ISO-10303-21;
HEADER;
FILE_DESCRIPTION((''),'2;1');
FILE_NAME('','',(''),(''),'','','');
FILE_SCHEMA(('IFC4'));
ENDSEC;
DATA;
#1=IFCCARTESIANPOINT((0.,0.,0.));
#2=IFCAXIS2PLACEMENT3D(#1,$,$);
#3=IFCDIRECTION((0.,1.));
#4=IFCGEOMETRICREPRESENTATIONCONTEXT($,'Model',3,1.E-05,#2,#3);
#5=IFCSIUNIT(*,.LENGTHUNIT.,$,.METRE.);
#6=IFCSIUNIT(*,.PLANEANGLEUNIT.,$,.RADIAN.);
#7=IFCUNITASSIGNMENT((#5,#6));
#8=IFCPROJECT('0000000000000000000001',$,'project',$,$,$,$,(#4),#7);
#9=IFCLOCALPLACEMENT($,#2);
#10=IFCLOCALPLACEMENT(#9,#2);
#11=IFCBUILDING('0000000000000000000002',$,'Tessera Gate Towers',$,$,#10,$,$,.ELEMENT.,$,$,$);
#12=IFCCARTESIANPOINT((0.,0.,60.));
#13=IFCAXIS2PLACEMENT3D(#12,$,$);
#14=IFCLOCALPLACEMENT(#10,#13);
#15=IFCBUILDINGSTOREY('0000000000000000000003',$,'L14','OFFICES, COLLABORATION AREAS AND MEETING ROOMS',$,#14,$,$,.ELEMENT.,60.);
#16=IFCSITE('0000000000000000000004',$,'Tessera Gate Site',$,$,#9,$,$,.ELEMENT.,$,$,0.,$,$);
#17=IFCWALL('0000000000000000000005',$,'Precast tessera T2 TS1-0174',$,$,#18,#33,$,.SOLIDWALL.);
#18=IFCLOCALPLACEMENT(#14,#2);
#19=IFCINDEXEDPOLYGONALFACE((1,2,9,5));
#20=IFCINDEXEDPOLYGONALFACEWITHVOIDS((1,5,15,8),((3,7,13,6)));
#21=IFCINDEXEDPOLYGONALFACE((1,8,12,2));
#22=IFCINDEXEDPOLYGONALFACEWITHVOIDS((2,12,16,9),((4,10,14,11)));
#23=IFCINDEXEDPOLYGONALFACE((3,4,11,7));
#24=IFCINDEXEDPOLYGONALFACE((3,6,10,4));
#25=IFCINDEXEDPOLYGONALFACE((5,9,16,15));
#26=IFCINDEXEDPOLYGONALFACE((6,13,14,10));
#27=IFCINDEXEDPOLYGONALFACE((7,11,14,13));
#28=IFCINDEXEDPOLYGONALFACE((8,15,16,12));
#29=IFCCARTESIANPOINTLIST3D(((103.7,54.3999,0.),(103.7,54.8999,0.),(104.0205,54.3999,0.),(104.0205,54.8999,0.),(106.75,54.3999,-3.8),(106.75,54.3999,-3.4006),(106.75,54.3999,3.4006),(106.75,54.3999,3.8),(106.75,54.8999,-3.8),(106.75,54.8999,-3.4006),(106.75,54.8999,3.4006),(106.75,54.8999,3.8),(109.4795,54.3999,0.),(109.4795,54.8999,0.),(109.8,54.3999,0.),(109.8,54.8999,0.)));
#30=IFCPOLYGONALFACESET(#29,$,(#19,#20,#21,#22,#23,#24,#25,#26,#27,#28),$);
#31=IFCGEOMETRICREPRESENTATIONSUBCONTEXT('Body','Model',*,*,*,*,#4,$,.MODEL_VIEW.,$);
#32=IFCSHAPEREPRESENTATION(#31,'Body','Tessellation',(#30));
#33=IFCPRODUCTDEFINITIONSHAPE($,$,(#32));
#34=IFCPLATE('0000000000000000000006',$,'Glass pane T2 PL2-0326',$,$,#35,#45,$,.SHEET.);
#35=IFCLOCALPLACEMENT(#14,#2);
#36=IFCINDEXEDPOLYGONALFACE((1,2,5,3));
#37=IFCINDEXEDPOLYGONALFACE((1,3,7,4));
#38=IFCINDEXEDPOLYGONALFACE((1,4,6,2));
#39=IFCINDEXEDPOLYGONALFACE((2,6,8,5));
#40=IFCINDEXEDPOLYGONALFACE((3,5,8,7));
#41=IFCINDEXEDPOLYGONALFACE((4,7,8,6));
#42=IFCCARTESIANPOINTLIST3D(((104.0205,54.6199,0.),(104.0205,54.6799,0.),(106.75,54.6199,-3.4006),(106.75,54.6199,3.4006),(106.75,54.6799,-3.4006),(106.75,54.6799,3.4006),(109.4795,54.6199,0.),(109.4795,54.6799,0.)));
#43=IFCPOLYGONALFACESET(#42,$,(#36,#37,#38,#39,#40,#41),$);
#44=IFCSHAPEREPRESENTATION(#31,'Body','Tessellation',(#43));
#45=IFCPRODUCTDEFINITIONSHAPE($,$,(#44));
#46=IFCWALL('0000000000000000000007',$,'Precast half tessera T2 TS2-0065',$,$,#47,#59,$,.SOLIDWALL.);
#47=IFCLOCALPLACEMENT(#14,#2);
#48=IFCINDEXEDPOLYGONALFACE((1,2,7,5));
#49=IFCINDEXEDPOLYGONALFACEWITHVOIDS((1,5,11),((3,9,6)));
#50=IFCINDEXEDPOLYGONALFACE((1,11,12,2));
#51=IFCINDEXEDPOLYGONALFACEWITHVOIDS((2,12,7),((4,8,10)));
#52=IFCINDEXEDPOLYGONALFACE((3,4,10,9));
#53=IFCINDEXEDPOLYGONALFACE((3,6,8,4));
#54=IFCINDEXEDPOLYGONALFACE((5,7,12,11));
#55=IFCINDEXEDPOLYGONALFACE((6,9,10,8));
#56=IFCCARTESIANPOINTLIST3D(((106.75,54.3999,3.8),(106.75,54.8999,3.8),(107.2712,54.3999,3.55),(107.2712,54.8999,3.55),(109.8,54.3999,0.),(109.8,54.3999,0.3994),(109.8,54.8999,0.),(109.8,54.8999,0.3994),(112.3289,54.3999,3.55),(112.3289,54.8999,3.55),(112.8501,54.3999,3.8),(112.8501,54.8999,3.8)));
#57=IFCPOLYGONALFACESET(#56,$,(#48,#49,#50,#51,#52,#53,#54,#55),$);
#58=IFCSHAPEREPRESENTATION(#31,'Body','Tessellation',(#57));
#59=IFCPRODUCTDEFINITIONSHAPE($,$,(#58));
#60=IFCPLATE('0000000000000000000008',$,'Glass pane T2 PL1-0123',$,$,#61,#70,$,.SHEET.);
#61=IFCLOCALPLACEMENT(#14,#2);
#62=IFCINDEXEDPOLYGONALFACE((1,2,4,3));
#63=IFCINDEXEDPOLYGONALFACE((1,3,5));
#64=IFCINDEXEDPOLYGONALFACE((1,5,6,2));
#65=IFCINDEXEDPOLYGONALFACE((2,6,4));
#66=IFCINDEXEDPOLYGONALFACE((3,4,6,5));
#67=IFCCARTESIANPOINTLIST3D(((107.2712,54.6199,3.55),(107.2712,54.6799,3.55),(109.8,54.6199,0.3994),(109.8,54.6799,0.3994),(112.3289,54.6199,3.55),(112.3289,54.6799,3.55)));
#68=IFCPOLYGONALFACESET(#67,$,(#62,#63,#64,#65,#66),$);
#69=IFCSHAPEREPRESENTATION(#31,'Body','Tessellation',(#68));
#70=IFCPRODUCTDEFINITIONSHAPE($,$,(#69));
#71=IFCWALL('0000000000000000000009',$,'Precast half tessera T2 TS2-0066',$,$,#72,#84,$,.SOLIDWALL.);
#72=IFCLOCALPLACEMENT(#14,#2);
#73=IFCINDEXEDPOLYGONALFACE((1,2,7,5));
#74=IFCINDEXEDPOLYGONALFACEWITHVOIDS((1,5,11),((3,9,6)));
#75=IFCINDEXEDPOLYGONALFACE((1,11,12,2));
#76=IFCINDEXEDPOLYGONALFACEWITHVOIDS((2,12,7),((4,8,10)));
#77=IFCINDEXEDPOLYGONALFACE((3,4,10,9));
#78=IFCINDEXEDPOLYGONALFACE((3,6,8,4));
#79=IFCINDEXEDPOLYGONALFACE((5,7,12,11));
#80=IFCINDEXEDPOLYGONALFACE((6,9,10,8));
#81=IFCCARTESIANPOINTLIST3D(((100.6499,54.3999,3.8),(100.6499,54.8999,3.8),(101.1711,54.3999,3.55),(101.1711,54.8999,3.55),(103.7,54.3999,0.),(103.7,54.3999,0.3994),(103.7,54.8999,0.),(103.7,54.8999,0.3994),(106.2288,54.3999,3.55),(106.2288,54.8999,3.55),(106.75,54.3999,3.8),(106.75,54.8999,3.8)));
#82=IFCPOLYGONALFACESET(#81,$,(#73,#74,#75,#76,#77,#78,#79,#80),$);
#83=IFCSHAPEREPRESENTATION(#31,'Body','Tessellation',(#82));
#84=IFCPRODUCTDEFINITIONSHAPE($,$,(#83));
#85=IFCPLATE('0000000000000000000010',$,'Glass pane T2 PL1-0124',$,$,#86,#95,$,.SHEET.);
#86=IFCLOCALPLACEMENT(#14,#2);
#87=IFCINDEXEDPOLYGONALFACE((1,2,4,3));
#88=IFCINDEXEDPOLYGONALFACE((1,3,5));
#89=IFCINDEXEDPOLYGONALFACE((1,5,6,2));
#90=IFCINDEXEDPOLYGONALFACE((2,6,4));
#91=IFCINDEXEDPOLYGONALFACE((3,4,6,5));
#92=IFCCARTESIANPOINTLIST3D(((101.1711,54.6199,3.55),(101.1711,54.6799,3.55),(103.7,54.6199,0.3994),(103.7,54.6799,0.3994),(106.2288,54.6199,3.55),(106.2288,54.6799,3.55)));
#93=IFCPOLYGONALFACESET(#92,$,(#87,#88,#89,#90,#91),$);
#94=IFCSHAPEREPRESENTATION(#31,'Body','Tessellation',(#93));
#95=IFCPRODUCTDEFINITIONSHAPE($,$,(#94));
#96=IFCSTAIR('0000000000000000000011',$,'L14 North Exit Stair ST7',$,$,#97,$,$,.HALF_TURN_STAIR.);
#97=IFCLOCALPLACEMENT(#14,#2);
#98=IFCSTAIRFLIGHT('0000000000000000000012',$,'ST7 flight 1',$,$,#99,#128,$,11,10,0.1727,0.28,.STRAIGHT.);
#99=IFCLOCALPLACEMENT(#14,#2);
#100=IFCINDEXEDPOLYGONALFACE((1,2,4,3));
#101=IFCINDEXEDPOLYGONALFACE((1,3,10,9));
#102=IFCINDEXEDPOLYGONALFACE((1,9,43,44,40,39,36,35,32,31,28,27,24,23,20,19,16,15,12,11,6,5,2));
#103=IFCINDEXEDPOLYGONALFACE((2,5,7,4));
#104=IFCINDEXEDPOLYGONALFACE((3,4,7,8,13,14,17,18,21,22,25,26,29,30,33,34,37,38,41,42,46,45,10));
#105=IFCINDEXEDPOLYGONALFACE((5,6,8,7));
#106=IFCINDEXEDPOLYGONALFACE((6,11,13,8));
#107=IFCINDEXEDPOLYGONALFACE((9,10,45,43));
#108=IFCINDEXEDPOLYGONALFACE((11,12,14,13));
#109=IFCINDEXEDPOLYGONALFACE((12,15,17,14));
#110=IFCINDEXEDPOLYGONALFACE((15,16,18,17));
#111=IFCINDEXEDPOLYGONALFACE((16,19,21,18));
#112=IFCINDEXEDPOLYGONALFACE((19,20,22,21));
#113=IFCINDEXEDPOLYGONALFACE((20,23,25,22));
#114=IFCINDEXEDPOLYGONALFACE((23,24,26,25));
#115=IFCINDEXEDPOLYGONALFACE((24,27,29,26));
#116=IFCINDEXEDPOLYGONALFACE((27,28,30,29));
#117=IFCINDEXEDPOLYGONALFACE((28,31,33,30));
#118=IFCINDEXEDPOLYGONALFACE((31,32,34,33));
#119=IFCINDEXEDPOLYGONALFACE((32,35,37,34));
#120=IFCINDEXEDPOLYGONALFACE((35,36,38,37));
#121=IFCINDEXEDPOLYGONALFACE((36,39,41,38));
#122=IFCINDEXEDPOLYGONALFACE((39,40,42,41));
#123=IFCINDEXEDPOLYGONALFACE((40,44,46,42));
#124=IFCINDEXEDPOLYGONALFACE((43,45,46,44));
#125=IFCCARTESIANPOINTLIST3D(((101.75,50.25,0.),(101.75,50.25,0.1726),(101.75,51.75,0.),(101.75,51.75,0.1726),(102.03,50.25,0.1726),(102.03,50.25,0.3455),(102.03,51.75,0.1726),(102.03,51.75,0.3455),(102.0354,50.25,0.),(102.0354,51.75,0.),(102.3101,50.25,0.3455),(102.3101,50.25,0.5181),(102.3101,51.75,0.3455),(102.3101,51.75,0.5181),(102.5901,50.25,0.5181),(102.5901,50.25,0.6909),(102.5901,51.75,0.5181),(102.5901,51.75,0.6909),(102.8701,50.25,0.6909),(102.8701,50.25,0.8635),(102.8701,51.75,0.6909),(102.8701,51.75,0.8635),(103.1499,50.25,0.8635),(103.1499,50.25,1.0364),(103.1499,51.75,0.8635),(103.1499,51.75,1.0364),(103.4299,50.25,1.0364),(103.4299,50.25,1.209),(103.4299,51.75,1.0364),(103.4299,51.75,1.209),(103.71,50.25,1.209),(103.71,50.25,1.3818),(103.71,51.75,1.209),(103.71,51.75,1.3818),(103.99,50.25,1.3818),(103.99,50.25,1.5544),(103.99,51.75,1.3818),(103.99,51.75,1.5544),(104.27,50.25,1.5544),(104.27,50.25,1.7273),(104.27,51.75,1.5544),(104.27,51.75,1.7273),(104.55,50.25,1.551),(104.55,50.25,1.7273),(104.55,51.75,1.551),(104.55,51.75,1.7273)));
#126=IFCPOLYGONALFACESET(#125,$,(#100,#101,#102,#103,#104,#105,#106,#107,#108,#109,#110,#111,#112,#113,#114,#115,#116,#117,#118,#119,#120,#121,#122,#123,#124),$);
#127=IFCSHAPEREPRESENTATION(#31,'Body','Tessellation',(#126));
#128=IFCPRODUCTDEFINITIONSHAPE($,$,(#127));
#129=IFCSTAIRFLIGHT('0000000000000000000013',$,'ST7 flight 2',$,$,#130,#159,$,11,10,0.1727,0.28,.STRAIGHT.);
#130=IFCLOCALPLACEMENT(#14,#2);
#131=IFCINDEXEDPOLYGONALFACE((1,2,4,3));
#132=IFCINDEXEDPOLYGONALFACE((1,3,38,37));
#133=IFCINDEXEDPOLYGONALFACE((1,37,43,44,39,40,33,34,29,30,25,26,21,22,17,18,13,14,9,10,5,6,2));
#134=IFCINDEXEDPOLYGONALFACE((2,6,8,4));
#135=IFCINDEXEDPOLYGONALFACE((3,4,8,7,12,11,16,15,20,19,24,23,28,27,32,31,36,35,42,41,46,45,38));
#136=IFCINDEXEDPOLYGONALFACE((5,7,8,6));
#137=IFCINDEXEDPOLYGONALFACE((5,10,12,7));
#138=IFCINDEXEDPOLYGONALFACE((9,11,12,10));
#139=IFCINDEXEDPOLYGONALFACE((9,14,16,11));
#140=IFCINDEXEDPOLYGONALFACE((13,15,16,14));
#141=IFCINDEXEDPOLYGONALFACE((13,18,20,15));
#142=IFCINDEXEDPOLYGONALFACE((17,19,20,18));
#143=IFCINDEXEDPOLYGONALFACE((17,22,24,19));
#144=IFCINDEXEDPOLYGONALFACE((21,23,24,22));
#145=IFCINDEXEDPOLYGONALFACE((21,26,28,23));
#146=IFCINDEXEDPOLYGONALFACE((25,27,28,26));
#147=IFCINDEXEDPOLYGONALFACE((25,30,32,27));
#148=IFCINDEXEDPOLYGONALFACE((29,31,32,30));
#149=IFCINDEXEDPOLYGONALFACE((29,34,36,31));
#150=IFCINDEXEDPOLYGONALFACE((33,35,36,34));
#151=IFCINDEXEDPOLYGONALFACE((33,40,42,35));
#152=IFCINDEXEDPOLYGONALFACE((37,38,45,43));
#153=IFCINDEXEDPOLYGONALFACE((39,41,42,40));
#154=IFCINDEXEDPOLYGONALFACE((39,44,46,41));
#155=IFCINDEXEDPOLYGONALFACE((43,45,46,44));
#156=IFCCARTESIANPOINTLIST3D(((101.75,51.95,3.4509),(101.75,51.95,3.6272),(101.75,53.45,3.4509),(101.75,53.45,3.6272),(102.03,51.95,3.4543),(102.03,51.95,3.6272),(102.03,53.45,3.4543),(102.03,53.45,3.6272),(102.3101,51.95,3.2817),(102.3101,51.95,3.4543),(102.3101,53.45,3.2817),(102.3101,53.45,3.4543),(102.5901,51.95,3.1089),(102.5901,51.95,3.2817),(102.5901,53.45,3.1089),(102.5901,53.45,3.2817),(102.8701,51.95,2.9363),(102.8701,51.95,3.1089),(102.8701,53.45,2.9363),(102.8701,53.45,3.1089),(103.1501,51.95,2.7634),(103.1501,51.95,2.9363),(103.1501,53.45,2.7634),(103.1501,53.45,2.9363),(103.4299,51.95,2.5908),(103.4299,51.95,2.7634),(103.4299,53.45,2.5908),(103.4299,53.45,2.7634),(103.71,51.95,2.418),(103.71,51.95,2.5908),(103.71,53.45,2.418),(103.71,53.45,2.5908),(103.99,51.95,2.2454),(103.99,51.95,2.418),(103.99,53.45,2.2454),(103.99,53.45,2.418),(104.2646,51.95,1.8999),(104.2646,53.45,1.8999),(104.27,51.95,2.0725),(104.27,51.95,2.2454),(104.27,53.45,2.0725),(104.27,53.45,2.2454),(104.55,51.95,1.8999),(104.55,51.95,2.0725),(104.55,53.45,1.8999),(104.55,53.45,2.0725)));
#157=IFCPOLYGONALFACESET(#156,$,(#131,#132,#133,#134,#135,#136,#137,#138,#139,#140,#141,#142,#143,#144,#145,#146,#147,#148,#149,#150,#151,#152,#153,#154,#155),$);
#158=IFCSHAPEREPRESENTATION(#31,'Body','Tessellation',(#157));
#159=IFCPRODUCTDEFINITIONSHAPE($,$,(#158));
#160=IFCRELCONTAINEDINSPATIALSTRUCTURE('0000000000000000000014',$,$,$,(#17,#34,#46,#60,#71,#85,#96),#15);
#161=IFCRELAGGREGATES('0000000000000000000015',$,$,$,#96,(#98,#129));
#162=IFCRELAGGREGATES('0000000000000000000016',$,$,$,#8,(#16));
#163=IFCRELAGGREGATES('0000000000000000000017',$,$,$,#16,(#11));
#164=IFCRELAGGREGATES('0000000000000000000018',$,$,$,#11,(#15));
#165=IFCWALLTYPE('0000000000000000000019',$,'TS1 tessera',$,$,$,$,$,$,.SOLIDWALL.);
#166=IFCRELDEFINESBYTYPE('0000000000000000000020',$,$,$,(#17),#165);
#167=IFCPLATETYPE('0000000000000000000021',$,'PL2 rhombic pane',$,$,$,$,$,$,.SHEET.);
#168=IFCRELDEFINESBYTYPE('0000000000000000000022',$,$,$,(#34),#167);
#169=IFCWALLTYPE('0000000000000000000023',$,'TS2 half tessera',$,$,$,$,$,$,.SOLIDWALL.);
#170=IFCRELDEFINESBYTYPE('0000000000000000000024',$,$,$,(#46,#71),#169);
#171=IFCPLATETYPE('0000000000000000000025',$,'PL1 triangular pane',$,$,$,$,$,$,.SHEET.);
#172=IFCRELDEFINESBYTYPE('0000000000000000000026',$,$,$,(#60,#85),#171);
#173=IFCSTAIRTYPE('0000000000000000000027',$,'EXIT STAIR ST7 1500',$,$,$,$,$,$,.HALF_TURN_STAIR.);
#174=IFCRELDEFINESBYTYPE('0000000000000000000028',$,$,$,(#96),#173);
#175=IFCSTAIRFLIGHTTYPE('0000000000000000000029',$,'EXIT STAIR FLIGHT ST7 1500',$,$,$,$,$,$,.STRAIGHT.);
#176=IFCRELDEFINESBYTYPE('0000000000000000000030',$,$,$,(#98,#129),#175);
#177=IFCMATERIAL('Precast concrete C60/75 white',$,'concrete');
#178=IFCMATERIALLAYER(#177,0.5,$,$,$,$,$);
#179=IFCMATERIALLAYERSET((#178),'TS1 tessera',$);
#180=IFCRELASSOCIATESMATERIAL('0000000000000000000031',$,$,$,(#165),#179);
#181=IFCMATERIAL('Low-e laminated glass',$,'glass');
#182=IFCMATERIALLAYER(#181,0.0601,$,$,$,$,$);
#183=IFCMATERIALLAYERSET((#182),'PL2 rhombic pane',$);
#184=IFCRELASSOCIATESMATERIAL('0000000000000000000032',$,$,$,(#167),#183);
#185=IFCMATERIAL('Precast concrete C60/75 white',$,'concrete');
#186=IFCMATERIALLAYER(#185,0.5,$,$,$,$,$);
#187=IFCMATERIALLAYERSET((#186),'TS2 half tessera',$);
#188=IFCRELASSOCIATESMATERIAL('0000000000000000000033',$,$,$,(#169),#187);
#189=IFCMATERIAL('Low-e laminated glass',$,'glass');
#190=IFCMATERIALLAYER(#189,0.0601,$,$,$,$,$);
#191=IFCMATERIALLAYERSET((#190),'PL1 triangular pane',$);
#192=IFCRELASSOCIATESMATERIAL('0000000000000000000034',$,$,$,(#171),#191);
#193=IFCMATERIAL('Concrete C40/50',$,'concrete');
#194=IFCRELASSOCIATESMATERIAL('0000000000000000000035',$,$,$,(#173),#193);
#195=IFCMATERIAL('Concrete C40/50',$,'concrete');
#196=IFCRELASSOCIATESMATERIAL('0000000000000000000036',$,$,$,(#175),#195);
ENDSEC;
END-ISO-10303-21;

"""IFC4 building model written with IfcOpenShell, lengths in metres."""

from ifc_helpers import new_model, si_unit, direction, frame, origin, place, context, subcontext, project, spatial, polyline, outline, extrude, source, transform, mapped, material, layer, layer_set, type_object, element, fill, aggregate, save


model = new_model("IFC4")

# Units and contexts
model_context = context("Model", 3, precision=1e-05, world=origin(), true_north=direction((0.0, 1.0)))
body_context = subcontext(model_context, "Body", "Model", "MODEL_VIEW")
ifc_project = project(units=[si_unit("LENGTHUNIT", "METRE"), si_unit("PLANEANGLEUNIT", "RADIAN")], contexts=[model_context])

# Site, building, storey
site_placement = place(None, origin())
site = spatial("IfcSite", under=ifc_project, at=site_placement, Name="Tessera Gate Site", CompositionType="ELEMENT", RefElevation=0.0)
building_placement = place(site_placement, origin())
building = spatial("IfcBuilding", under=site, at=building_placement, Name="Tessera Gate Towers", CompositionType="ELEMENT")
storey_placement = place(building_placement, frame((0.0, 0.0, 60.0)))
storey = spatial("IfcBuildingStorey", under=building, at=storey_placement, Name="L14", Description="OFFICES, COLLABORATION AREAS AND MEETING ROOMS", CompositionType="ELEMENT", Elevation=60.0)

# Walls, openings, plates
ifc_material_1 = material(Name="Precast concrete C60/75 white", Category="concrete")
ifc_layer_1 = layer(ifc_material_1, 0.5)
ifc_layer_set_1 = layer_set([ifc_layer_1], Name="TS1 tessera")
wall_type_1 = type_object("IfcWallType", Name="TS1 tessera", PredefinedType="SOLIDWALL", material=ifc_layer_set_1)
shared_shape_1 = source(origin(), body_context, "Body", "SweptSolid", [
    extrude(outline(polyline([(3.05, 0.0), (6.1001, 3.8), (3.05, 7.6001), (0.0, 3.8), (3.05, 0.0)])), frame((0.0, 0.25, 0.0), z_axis=(0.0, -1.0, 0.0), x_axis=(1.0, 0.0, 0.0)), (0.0, 0.0, 1.0), 0.5),
])
wall_1_placement = place(storey_placement, frame((109.8, 54.6499, -3.8), z_axis=(0.0, 0.0, 1.0), x_axis=(-1.0, 0.0, 0.0)))
wall_1 = element("IfcWall", 1, at=wall_1_placement, inside=storey, type_object=wall_type_1, Name="Precast tessera T2 TS1-0174", PredefinedType="SOLIDWALL", context=body_context, shape_type="MappedRepresentation", body=[
    mapped(shared_shape_1, transform((0.0, 0.0, 0.0), scale=1.0)),
])
shared_shape_2 = source(origin(), body_context, "Body", "SweptSolid", [
    extrude(outline(polyline([(3.05, 0.3994), (5.7795, 3.8), (3.05, 7.2007), (0.3206, 3.8), (3.05, 0.3994)])), frame((0.0, 0.26, 0.0), z_axis=(0.0, -1.0, 0.0), x_axis=(1.0, 0.0, 0.0)), (0.0, 0.0, 1.0), 0.52),
])
opening_1_placement = place(wall_1_placement, origin())
opening_1 = element("IfcOpeningElement", 2, at=opening_1_placement, cuts=wall_1, PredefinedType="OPENING", context=body_context, shape_type="MappedRepresentation", body=[
    mapped(shared_shape_2, transform((0.0, 0.0, 0.0), scale=1.0)),
])
ifc_material_2 = material(Name="Low-e laminated glass", Category="glass")
ifc_layer_2 = layer(ifc_material_2, 0.0601)
ifc_layer_set_2 = layer_set([ifc_layer_2], Name="PL2 rhombic pane")
plate_type_1 = type_object("IfcPlateType", Name="PL2 rhombic pane", PredefinedType="SHEET", material=ifc_layer_set_2)
shared_shape_3 = source(origin(), body_context, "Body", "SweptSolid", [
    extrude(outline(polyline([(3.05, 0.3994), (5.7795, 3.8), (3.05, 7.2007), (0.3206, 3.8), (3.05, 0.3994)])), frame((0.0, 0.03, 0.0), z_axis=(0.0, -1.0, 0.0), x_axis=(1.0, 0.0, 0.0)), (0.0, 0.0, 1.0), 0.0601),
])
plate_1_placement = place(opening_1_placement, origin())
plate_1 = element("IfcPlate", 3, at=plate_1_placement, inside=storey, type_object=plate_type_1, Name="Glass pane T2 PL2-0326", PredefinedType="SHEET", context=body_context, shape_type="MappedRepresentation", body=[
    mapped(shared_shape_3, transform((0.0, 0.0, 0.0), scale=1.0)),
])
fill(opening_1, plate_1)
ifc_material_3 = material(Name="Precast concrete C60/75 white", Category="concrete")
ifc_layer_3 = layer(ifc_material_3, 0.5)
ifc_layer_set_3 = layer_set([ifc_layer_3], Name="TS2 half tessera")
wall_type_2 = type_object("IfcWallType", Name="TS2 half tessera", PredefinedType="SOLIDWALL", material=ifc_layer_set_3)
shared_shape_4 = source(origin(), body_context, "Body", "SweptSolid", [
    extrude(outline(polyline([(3.05, 0.0), (6.1001, 3.8), (0.0, 3.8), (3.05, 0.0)])), frame((0.0, 0.25, 0.0), z_axis=(0.0, -1.0, 0.0), x_axis=(1.0, 0.0, 0.0)), (0.0, 0.0, 1.0), 0.5),
])
wall_2_placement = place(storey_placement, frame((112.8501, 54.6499, 0.0), z_axis=(0.0, 0.0, 1.0), x_axis=(-1.0, 0.0, 0.0)))
wall_2 = element("IfcWall", 4, at=wall_2_placement, inside=storey, type_object=wall_type_2, Name="Precast half tessera T2 TS2-0065", PredefinedType="SOLIDWALL", context=body_context, shape_type="MappedRepresentation", body=[
    mapped(shared_shape_4, transform((0.0, 0.0, 0.0), scale=1.0)),
])
shared_shape_5 = source(origin(), body_context, "Body", "SweptSolid", [
    extrude(outline(polyline([(3.05, 0.3994), (5.5789, 3.55), (0.5212, 3.55), (3.05, 0.3994)])), frame((0.0, 0.26, 0.0), z_axis=(0.0, -1.0, 0.0), x_axis=(1.0, 0.0, 0.0)), (0.0, 0.0, 1.0), 0.52),
])
opening_2_placement = place(wall_2_placement, origin())
opening_2 = element("IfcOpeningElement", 5, at=opening_2_placement, cuts=wall_2, PredefinedType="OPENING", context=body_context, shape_type="MappedRepresentation", body=[
    mapped(shared_shape_5, transform((0.0, 0.0, 0.0), scale=1.0)),
])
ifc_material_4 = material(Name="Low-e laminated glass", Category="glass")
ifc_layer_4 = layer(ifc_material_4, 0.0601)
ifc_layer_set_4 = layer_set([ifc_layer_4], Name="PL1 triangular pane")
plate_type_2 = type_object("IfcPlateType", Name="PL1 triangular pane", PredefinedType="SHEET", material=ifc_layer_set_4)
shared_shape_6 = source(origin(), body_context, "Body", "SweptSolid", [
    extrude(outline(polyline([(3.05, 0.3994), (5.5789, 3.55), (0.5212, 3.55), (3.05, 0.3994)])), frame((0.0, 0.03, 0.0), z_axis=(0.0, -1.0, 0.0), x_axis=(1.0, 0.0, 0.0)), (0.0, 0.0, 1.0), 0.0601),
])
plate_2_placement = place(opening_2_placement, origin())
plate_2 = element("IfcPlate", 6, at=plate_2_placement, inside=storey, type_object=plate_type_2, Name="Glass pane T2 PL1-0123", PredefinedType="SHEET", context=body_context, shape_type="MappedRepresentation", body=[
    mapped(shared_shape_6, transform((0.0, 0.0, 0.0), scale=1.0)),
])
fill(opening_2, plate_2)
wall_3_placement = place(storey_placement, frame((106.75, 54.6499, 0.0), z_axis=(0.0, 0.0, 1.0), x_axis=(-1.0, 0.0, 0.0)))
wall_3 = element("IfcWall", 7, at=wall_3_placement, inside=storey, type_object=wall_type_2, Name="Precast half tessera T2 TS2-0066", PredefinedType="SOLIDWALL", context=body_context, shape_type="MappedRepresentation", body=[
    mapped(shared_shape_4, transform((0.0, 0.0, 0.0), scale=1.0)),
])
opening_3_placement = place(wall_3_placement, origin())
opening_3 = element("IfcOpeningElement", 8, at=opening_3_placement, cuts=wall_3, PredefinedType="OPENING", context=body_context, shape_type="MappedRepresentation", body=[
    mapped(shared_shape_5, transform((0.0, 0.0, 0.0), scale=1.0)),
])
plate_3_placement = place(opening_3_placement, origin())
plate_3 = element("IfcPlate", 9, at=plate_3_placement, inside=storey, type_object=plate_type_2, Name="Glass pane T2 PL1-0124", PredefinedType="SHEET", context=body_context, shape_type="MappedRepresentation", body=[
    mapped(shared_shape_6, transform((0.0, 0.0, 0.0), scale=1.0)),
])
fill(opening_3, plate_3)

# Stair, stair flights
ifc_material_5 = material(Name="Concrete C40/50", Category="concrete")
stair_type = type_object("IfcStairType", Name="EXIT STAIR ST7 1500", PredefinedType="HALF_TURN_STAIR", material=ifc_material_5)
stair_placement = place(storey_placement, origin())
stair = element("IfcStair", 10, at=stair_placement, inside=storey, type_object=stair_type, Name="L14 North Exit Stair ST7", PredefinedType="HALF_TURN_STAIR")
ifc_material_6 = material(Name="Concrete C40/50", Category="concrete")
stair_flight_type = type_object("IfcStairFlightType", Name="EXIT STAIR FLIGHT ST7 1500", PredefinedType="STRAIGHT", material=ifc_material_6)
stair_flight_1_placement = place(storey_placement, frame((101.75, 51.0, 0.0), z_axis=(0.0, 0.0, 1.0), x_axis=(1.0, 0.0, 0.0)))
stair_flight_1 = element("IfcStairFlight", 11, at=stair_flight_1_placement, type_object=stair_flight_type, Name="ST7 flight 1", NumberOfRisers=11, NumberOfTreads=10, PredefinedType="STRAIGHT", RiserHeight=0.1727, TreadLength=0.28, context=body_context, shape_type="SweptSolid", body=[
    extrude(outline(polyline([(0.0, 0.0), (0.0, 0.1726), (0.28, 0.1726), (0.28, 0.3455), (0.5601, 0.3455), (0.5601, 0.5181), (0.8401, 0.5181), (0.8401, 0.6909), (1.1201, 0.6909), (1.1201, 0.8635), (1.3999, 0.8635), (1.3999, 1.0364), (1.6799, 1.0364), (1.6799, 1.209), (1.96, 1.209), (1.96, 1.3818), (2.24, 1.3818), (2.24, 1.5544), (2.52, 1.5544), (2.52, 1.7273), (2.8, 1.7273), (2.8, 1.8999), (2.8, 1.551), (0.2854, 0.0), (0.0, 0.0)])), frame((0.0, 0.75, 0.0), z_axis=(0.0, -1.0, 0.0), x_axis=(1.0, 0.0, 0.0)), (0.0, 0.0, 1.0), 1.5),
])
stair_flight_2_placement = place(storey_placement, frame((104.55, 52.7, 1.8999), z_axis=(0.0, 0.0, 1.0), x_axis=(-1.0, 0.0, 0.0)))
stair_flight_2 = element("IfcStairFlight", 12, at=stair_flight_2_placement, type_object=stair_flight_type, Name="ST7 flight 2", NumberOfRisers=11, NumberOfTreads=10, PredefinedType="STRAIGHT", RiserHeight=0.1727, TreadLength=0.28, context=body_context, shape_type="SweptSolid", body=[
    extrude(outline(polyline([(0.0, 0.0), (0.0, 0.1726), (0.28, 0.1726), (0.28, 0.3455), (0.5601, 0.3455), (0.5601, 0.5181), (0.8401, 0.5181), (0.8401, 0.6909), (1.1201, 0.6909), (1.1201, 0.8635), (1.3999, 0.8635), (1.3999, 1.0364), (1.6799, 1.0364), (1.6799, 1.209), (1.96, 1.209), (1.96, 1.3818), (2.24, 1.3818), (2.24, 1.5544), (2.52, 1.5544), (2.52, 1.7273), (2.8, 1.7273), (2.8, 1.8999), (2.8, 1.551), (0.2854, 0.0), (0.0, 0.0)])), frame((0.0, 0.75, 0.0), z_axis=(0.0, -1.0, 0.0), x_axis=(1.0, 0.0, 0.0)), (0.0, 0.0, 1.0), 1.5),
])
aggregate(stair, [stair_flight_1, stair_flight_2])

save(model, "model.ifc")
